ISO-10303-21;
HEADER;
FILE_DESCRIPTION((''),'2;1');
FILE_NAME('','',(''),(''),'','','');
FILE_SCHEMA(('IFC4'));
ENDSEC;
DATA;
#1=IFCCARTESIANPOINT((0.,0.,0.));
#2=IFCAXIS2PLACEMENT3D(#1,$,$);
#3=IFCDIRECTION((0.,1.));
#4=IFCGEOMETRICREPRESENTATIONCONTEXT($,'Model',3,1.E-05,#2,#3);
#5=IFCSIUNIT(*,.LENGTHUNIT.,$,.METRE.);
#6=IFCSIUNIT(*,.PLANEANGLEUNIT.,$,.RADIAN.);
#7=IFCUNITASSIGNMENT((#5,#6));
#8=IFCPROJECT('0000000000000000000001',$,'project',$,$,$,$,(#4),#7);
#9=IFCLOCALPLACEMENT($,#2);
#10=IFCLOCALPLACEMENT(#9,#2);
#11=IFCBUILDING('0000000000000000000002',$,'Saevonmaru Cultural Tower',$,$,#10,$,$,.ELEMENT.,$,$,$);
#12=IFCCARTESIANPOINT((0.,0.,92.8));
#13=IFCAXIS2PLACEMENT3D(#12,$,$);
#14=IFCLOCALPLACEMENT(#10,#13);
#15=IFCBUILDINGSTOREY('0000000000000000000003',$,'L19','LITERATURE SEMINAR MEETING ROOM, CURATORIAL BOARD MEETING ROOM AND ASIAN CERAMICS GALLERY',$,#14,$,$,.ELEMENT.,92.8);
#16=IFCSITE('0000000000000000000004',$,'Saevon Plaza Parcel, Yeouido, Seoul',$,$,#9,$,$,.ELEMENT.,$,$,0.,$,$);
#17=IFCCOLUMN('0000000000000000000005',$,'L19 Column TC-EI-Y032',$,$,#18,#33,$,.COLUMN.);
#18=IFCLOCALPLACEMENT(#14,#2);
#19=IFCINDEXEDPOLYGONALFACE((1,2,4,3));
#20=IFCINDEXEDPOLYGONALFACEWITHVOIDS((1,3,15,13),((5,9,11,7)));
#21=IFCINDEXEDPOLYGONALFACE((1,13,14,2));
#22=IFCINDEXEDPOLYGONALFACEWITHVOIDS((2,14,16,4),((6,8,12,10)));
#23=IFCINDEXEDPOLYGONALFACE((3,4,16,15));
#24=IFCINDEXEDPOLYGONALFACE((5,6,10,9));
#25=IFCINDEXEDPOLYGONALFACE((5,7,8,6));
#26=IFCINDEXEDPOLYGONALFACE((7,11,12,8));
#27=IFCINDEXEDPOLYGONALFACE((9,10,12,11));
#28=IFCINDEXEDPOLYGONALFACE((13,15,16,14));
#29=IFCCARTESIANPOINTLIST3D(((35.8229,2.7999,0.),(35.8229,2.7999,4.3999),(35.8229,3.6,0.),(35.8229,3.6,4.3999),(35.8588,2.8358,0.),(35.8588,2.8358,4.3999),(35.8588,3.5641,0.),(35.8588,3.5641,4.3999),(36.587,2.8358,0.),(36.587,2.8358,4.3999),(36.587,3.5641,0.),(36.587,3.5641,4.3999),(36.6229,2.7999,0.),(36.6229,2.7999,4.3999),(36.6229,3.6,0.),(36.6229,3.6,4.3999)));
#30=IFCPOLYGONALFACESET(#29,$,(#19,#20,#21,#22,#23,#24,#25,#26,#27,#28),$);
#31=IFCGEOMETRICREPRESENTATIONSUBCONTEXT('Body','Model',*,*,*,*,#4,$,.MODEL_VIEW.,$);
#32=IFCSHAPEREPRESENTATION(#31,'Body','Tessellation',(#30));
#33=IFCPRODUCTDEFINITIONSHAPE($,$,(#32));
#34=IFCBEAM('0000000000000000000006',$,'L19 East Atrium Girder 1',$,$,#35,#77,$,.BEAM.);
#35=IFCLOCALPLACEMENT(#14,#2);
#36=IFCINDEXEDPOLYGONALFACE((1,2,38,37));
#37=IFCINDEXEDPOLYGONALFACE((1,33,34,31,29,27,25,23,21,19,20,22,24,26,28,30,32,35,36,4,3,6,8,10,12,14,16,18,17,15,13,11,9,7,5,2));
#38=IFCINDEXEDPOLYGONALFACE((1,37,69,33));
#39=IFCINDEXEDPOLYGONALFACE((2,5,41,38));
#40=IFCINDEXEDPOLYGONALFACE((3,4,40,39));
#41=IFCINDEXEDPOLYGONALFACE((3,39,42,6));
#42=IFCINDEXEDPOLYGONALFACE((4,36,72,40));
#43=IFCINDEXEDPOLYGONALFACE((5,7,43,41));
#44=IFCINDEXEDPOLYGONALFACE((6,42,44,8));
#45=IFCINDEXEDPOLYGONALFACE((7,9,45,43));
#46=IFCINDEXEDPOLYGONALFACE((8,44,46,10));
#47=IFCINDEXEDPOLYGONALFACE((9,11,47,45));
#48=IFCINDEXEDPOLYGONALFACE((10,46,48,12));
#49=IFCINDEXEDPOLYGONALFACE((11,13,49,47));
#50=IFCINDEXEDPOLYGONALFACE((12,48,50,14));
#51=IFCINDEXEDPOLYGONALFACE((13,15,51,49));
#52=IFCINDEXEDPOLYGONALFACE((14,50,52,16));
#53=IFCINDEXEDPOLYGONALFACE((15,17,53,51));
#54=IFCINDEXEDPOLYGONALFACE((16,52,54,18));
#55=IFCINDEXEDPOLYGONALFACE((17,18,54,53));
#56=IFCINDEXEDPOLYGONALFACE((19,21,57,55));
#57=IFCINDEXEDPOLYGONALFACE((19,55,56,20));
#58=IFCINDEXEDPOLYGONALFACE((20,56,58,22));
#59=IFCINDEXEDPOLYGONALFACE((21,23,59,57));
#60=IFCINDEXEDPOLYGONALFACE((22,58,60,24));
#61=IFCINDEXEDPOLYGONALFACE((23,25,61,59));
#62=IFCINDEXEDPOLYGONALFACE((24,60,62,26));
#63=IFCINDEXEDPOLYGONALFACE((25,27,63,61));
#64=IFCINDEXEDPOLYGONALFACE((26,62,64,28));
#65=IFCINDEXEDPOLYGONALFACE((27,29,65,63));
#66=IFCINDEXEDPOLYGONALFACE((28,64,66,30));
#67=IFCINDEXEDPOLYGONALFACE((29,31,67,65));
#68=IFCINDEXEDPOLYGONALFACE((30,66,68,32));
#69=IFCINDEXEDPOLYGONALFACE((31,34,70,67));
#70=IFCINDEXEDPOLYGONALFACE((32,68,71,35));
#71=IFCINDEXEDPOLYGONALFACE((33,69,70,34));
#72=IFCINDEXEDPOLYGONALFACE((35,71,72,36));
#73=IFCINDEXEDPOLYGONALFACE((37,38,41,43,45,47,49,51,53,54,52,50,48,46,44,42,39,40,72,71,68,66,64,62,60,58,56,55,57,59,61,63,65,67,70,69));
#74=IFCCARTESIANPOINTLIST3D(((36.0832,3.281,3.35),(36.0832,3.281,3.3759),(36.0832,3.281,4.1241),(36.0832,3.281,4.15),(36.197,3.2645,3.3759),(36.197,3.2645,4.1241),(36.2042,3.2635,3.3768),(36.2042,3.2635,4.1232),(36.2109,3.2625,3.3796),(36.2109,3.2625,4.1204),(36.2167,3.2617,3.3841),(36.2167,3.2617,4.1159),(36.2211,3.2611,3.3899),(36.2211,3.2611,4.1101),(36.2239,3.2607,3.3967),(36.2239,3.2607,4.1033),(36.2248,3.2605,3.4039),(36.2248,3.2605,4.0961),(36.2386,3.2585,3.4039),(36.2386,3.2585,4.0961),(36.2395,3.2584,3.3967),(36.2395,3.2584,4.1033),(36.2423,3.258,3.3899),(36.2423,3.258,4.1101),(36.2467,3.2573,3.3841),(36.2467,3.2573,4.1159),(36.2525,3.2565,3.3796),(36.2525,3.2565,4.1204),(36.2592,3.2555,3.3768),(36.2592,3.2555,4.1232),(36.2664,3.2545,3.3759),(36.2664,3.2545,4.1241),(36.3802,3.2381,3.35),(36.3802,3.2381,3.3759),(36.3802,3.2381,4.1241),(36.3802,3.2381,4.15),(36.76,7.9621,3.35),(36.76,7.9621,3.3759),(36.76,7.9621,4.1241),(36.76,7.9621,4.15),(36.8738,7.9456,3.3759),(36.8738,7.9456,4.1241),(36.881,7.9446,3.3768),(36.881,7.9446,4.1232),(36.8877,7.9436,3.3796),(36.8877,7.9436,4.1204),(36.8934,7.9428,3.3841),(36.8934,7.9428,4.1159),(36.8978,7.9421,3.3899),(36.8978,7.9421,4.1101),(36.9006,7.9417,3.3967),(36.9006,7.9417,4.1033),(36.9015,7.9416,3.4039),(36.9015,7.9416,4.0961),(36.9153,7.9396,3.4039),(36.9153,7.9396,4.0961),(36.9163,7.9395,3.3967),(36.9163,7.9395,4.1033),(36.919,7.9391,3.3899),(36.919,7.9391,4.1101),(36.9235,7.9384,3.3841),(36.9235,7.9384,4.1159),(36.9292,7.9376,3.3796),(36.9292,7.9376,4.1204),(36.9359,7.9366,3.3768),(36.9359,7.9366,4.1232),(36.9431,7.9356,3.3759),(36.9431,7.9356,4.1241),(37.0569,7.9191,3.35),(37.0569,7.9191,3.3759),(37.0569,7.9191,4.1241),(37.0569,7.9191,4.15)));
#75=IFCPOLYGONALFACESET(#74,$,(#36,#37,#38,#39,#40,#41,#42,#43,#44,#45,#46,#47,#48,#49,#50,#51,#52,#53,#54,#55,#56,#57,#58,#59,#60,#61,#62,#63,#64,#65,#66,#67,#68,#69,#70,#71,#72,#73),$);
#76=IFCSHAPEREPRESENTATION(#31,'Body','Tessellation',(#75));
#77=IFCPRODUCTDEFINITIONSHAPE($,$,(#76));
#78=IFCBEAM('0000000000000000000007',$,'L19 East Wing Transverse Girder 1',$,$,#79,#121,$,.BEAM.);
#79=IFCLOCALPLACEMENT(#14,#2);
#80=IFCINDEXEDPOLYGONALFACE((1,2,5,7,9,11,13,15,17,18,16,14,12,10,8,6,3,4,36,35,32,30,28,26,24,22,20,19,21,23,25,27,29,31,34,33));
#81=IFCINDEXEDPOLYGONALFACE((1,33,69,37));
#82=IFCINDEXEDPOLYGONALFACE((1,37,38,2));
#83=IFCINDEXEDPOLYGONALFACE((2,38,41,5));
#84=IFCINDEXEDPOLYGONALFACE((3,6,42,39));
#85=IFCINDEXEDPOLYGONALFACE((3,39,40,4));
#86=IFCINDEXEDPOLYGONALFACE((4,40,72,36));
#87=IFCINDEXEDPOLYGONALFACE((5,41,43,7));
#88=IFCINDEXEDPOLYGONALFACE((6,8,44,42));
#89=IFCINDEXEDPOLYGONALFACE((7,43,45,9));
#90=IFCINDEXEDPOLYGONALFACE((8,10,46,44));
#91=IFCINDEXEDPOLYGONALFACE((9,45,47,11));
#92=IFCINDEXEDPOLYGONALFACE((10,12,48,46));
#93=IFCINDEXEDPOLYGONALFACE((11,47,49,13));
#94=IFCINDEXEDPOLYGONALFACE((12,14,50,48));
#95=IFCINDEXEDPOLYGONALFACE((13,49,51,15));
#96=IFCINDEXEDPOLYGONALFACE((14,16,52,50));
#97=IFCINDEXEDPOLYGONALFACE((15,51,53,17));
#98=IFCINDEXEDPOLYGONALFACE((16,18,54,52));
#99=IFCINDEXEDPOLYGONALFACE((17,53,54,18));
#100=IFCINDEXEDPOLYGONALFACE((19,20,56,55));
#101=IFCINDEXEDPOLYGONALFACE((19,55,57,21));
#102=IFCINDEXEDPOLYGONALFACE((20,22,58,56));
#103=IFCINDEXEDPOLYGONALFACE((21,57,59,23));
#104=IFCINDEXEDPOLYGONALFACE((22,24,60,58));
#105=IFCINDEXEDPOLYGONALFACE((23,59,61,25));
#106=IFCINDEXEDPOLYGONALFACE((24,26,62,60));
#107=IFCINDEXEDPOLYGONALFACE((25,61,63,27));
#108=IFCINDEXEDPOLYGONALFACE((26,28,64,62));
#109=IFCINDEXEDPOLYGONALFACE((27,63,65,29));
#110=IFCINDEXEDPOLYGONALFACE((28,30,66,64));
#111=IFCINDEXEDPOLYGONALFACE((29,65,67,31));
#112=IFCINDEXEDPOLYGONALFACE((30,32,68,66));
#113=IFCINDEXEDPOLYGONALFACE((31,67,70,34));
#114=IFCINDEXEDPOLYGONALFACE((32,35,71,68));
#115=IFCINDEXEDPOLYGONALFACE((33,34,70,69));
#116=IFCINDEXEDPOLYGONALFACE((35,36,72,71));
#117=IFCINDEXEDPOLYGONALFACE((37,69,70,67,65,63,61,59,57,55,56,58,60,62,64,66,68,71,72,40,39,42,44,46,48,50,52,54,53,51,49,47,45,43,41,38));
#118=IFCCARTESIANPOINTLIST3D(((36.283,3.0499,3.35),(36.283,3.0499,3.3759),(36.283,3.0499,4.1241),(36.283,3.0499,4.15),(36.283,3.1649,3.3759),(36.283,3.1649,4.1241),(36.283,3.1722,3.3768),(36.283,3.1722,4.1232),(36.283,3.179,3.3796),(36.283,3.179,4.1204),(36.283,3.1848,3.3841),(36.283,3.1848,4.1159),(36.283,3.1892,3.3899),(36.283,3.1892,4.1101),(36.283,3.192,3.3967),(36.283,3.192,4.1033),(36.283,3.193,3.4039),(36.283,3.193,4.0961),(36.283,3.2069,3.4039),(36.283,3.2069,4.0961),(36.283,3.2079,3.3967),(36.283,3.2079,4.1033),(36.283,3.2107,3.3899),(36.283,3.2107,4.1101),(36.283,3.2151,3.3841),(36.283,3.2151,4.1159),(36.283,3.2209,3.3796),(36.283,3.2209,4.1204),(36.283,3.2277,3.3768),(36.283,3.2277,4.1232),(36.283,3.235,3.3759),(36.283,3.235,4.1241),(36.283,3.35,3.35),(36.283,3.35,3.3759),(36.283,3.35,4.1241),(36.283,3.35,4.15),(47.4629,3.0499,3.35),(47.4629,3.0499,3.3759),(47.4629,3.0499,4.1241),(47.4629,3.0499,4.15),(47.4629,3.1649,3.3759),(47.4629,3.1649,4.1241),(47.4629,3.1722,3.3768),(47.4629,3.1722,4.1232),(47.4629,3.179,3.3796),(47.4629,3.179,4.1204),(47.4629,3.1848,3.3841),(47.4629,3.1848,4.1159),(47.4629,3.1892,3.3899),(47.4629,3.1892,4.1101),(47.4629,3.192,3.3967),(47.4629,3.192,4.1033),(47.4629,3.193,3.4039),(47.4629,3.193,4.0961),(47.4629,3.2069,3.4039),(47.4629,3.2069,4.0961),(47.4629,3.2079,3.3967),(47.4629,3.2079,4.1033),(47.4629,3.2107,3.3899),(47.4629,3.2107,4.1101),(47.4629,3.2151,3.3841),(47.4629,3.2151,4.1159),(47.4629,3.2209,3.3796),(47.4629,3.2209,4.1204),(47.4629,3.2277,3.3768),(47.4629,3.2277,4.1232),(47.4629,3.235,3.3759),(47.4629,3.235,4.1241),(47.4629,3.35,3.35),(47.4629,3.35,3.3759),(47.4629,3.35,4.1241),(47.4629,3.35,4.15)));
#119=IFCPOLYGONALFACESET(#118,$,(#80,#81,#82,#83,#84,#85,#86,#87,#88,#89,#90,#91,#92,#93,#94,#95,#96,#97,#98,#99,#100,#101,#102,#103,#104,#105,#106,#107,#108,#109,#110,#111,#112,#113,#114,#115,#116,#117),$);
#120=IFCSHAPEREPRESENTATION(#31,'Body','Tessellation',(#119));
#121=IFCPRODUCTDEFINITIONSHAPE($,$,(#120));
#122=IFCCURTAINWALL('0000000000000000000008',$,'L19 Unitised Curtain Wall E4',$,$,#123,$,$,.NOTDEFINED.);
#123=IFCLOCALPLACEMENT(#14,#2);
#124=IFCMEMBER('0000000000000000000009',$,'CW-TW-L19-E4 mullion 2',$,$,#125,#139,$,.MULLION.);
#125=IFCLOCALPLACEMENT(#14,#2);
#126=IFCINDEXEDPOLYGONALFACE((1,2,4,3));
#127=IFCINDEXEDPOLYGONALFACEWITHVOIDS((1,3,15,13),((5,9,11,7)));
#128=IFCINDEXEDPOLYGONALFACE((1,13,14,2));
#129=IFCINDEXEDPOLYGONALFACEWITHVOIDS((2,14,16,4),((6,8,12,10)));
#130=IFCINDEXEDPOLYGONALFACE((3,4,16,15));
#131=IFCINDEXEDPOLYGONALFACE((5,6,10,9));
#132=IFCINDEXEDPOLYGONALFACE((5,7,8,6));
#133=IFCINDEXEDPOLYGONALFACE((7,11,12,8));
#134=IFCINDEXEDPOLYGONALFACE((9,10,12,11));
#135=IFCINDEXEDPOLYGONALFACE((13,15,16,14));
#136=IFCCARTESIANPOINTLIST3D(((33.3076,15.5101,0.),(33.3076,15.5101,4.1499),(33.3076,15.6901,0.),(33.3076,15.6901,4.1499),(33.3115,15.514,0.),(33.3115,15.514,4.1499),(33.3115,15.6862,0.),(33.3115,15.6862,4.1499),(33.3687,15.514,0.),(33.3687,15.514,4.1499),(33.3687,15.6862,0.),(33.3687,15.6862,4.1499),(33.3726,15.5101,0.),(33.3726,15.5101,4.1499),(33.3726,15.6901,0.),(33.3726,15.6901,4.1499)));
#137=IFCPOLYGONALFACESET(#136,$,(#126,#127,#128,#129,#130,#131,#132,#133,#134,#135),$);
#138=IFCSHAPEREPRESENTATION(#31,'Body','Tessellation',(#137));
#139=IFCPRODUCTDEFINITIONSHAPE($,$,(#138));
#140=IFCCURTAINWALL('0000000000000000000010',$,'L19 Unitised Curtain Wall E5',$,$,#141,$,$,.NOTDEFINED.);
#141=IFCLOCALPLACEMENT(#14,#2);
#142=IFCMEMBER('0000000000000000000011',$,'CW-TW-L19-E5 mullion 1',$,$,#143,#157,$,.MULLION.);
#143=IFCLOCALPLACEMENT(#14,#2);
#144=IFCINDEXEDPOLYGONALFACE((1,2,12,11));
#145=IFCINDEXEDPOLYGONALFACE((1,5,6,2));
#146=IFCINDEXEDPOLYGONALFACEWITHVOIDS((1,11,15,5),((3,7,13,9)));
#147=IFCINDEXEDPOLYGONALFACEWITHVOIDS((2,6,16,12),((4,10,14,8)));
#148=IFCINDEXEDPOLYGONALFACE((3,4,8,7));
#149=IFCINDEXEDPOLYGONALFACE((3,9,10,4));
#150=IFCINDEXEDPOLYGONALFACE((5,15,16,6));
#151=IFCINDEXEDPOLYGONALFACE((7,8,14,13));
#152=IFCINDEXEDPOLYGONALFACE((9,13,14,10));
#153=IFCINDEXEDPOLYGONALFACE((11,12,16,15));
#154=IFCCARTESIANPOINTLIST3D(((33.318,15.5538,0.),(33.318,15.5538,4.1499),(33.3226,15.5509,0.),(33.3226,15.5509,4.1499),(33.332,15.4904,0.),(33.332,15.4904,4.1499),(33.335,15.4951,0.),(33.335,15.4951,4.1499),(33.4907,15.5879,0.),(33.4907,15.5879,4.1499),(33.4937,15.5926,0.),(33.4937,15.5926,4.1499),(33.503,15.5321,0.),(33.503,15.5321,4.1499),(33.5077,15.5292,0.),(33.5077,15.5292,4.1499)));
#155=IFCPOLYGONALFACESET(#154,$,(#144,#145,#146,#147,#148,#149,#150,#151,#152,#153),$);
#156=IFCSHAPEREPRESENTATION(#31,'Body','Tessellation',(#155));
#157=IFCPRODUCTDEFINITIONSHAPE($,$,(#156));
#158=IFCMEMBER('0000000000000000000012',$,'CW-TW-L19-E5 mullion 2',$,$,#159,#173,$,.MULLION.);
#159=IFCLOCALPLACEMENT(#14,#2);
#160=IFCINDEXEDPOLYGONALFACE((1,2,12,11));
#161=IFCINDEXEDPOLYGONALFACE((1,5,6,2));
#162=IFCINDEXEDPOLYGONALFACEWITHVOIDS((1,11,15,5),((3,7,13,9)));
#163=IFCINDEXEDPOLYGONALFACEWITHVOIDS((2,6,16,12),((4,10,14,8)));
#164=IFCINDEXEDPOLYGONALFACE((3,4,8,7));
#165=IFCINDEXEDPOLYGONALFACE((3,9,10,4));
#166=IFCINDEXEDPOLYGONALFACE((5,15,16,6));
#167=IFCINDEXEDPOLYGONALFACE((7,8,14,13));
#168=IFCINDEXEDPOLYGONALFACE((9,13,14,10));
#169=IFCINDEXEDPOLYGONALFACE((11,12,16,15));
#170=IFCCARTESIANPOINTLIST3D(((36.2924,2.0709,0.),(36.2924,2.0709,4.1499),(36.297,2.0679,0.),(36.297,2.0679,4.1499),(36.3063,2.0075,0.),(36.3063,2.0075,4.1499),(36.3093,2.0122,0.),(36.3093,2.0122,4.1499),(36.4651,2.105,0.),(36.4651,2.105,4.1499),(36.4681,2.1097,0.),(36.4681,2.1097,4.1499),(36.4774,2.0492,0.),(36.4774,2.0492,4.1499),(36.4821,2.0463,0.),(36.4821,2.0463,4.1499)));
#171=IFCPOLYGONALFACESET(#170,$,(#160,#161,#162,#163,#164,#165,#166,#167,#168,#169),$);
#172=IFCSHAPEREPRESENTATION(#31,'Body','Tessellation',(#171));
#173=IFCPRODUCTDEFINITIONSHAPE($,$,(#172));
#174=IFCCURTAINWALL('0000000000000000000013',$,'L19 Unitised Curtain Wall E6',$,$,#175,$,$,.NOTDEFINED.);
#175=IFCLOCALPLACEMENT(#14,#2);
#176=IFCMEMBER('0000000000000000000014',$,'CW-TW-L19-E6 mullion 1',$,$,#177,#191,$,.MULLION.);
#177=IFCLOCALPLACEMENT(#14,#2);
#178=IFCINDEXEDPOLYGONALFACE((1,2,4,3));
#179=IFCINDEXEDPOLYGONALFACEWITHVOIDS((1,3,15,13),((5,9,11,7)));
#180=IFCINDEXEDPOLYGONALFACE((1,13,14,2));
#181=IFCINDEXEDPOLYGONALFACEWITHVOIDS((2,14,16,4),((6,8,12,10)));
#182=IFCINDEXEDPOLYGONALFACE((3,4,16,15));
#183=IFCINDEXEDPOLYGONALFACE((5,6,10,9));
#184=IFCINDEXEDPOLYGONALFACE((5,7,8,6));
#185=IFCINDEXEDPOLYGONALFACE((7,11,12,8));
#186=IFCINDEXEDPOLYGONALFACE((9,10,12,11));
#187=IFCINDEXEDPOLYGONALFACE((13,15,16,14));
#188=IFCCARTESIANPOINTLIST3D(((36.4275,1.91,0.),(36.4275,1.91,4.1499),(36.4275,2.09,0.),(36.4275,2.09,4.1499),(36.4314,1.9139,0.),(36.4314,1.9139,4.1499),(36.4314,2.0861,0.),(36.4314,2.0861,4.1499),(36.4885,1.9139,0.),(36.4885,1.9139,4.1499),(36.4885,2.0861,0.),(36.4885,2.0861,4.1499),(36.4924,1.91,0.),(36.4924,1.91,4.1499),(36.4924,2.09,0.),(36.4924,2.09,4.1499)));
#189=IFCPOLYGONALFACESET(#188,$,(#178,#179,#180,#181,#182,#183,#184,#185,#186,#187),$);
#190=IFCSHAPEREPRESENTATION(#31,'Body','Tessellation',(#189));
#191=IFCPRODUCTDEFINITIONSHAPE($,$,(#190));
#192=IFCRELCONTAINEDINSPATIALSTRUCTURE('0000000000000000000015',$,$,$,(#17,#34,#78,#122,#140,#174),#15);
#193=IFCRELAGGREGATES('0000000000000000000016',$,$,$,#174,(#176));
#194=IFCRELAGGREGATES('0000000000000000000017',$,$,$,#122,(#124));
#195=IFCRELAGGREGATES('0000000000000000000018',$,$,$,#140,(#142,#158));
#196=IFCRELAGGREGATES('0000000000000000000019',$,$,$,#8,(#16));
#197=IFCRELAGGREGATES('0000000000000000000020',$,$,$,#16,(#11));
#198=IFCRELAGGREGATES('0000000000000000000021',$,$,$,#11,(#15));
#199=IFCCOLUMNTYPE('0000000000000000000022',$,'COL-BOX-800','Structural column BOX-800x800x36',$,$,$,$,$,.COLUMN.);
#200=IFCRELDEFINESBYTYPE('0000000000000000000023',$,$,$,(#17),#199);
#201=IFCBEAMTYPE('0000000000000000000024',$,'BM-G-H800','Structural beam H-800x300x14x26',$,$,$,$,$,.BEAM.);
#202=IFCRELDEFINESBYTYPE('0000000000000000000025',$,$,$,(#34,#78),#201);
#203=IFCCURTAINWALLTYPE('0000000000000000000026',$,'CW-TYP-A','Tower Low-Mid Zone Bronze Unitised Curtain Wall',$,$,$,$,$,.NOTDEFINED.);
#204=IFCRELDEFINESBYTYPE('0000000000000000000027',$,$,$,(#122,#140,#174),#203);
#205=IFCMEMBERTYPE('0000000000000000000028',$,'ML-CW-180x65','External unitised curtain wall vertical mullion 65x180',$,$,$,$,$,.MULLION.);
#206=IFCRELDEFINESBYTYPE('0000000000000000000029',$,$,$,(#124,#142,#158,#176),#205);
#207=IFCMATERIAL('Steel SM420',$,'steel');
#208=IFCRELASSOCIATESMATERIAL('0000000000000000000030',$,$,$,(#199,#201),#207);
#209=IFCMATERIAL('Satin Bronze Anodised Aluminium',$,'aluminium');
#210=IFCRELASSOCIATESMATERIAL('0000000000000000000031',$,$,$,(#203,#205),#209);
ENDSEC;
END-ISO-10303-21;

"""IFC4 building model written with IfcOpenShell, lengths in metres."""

from ifc_helpers import new_model, si_unit, direction, frame, origin, origin_2d, place, context, subcontext, project, spatial, hollow_rectangle, i_section, extrude, material, material_profile, profile_set, type_object, element, aggregate, save


model = new_model("IFC4")

# Units and contexts
model_context = context("Model", 3, precision=1e-05, world=origin(), true_north=direction((0.0, 1.0)))
body_context = subcontext(model_context, "Body", "Model", "MODEL_VIEW")
ifc_project = project(units=[si_unit("LENGTHUNIT", "METRE"), si_unit("PLANEANGLEUNIT", "RADIAN")], contexts=[model_context])

# Site, building, storey
site_placement = place(None, origin())
site = spatial("IfcSite", under=ifc_project, at=site_placement, Name="Saevon Plaza Parcel, Yeouido, Seoul", CompositionType="ELEMENT", RefElevation=0.0)
building_placement = place(site_placement, origin())
building = spatial("IfcBuilding", under=site, at=building_placement, Name="Saevonmaru Cultural Tower", CompositionType="ELEMENT")
storey_placement = place(building_placement, frame((0.0, 0.0, 92.8)))
storey = spatial("IfcBuildingStorey", under=building, at=storey_placement, Name="L19", Description="LITERATURE SEMINAR MEETING ROOM, CURATORIAL BOARD MEETING ROOM AND ASIAN CERAMICS GALLERY", CompositionType="ELEMENT", Elevation=92.8)

# Column
ifc_material_1 = material(Name="Steel SM420", Category="steel")
ifc_material_profile_1 = material_profile(ifc_material_1, hollow_rectangle(XDim=0.8, YDim=0.8, WallThickness=0.0359, at=origin_2d()), Name="BOX-800x800x36")
ifc_profile_set_1 = profile_set([ifc_material_profile_1], Name="Steel SM420")
column_type = type_object("IfcColumnType", Name="COL-BOX-800", Description="Structural column BOX-800x800x36", PredefinedType="COLUMN", material=ifc_profile_set_1)
column_placement = place(storey_placement, frame((36.2229, 3.2, 0.0), z_axis=(0.0, 0.0, 1.0), x_axis=(1.0, 0.0, 0.0)))
element("IfcColumn", 1, at=column_placement, inside=storey, type_object=column_type, Name="L19 Column TC-EI-Y032", PredefinedType="COLUMN", context=body_context, shape_type="SweptSolid", body=[
    extrude(hollow_rectangle(XDim=0.8, YDim=0.8, WallThickness=0.0359, at=origin_2d()), origin(), (0.0, 0.0, 1.0), 4.3999),
])

# Beams
ifc_material_profile_2 = material_profile(ifc_material_1, i_section(OverallWidth=0.3, OverallDepth=0.8, WebThickness=0.0139, FlangeThickness=0.0259, FilletRadius=0.0281, at=origin_2d()), Name="H-800x300x14x26")
ifc_profile_set_2 = profile_set([ifc_material_profile_2], Name="Steel SM420")
beam_type = type_object("IfcBeamType", Name="BM-G-H800", Description="Structural beam H-800x300x14x26", PredefinedType="BEAM", material=ifc_profile_set_2)
beam_1_placement = place(storey_placement, frame((36.2317, 3.2595, 3.75), z_axis=(0.143083, 0.989711, 0.0), x_axis=(-0.989711, 0.143083, 0.0)))
element("IfcBeam", 2, at=beam_1_placement, inside=storey, type_object=beam_type, Name="L19 East Atrium Girder 1", PredefinedType="BEAM", context=body_context, shape_type="SweptSolid", body=[
    extrude(i_section(OverallWidth=0.3, OverallDepth=0.8, WebThickness=0.0139, FlangeThickness=0.0259, FilletRadius=0.0281, at=origin_2d()), origin(), (0.0, 0.0, 1.0), 4.7297),
])
beam_2_placement = place(storey_placement, frame((36.283, 3.2, 3.75), z_axis=(1.0, 0.0, 0.0), x_axis=(0.0, 1.0, 0.0)))
element("IfcBeam", 3, at=beam_2_placement, inside=storey, type_object=beam_type, Name="L19 East Wing Transverse Girder 1", PredefinedType="BEAM", context=body_context, shape_type="SweptSolid", body=[
    extrude(i_section(OverallWidth=0.3, OverallDepth=0.8, WebThickness=0.0139, FlangeThickness=0.0259, FilletRadius=0.0281, at=origin_2d()), origin(), (0.0, 0.0, 1.0), 11.1799),
])

# Curtain wall, member
ifc_material_2 = material(Name="Satin Bronze Anodised Aluminium", Category="aluminium")
curtain_wall_type = type_object("IfcCurtainWallType", Name="CW-TYP-A", Description="Tower Low-Mid Zone Bronze Unitised Curtain Wall", PredefinedType="NOTDEFINED", material=ifc_material_2)
curtain_wall_1_placement = place(storey_placement, origin())
curtain_wall_1 = element("IfcCurtainWall", 4, at=curtain_wall_1_placement, inside=storey, type_object=curtain_wall_type, Name="L19 Unitised Curtain Wall E4", PredefinedType="NOTDEFINED")
ifc_material_profile_3 = material_profile(ifc_material_2, hollow_rectangle(XDim=0.0649, YDim=0.1799, WallThickness=0.0039, at=origin_2d()), Name="ALU-MULL-180x65x4")
ifc_profile_set_3 = profile_set([ifc_material_profile_3], Name="Satin Bronze Anodised Aluminium")
member_type_1 = type_object("IfcMemberType", Name="ML-CW-180x65", Description="External unitised curtain wall vertical mullion 65x180", PredefinedType="MULLION", material=ifc_profile_set_3)
member_1_placement = place(storey_placement, frame((33.3401, 15.6001, 0.0), z_axis=(0.0, 0.0, 1.0), x_axis=(1.0, 0.0, 0.0)))
member_1 = element("IfcMember", 5, at=member_1_placement, type_object=member_type_1, Name="CW-TW-L19-E4 mullion 2", PredefinedType="MULLION", context=body_context, shape_type="SweptSolid", body=[
    extrude(hollow_rectangle(XDim=0.0649, YDim=0.1799, WallThickness=0.0039, at=origin_2d()), origin(), (0.0, 0.0, 1.0), 4.1499),
])

# Curtain wall, members
curtain_wall_2_placement = place(storey_placement, origin())
curtain_wall_2 = element("IfcCurtainWall", 6, at=curtain_wall_2_placement, inside=storey, type_object=curtain_wall_type, Name="L19 Unitised Curtain Wall E5", PredefinedType="NOTDEFINED")
member_2_placement = place(storey_placement, frame((33.4128, 15.5415, 0.0), z_axis=(0.0, 0.0, 1.0), x_axis=(0.215413, -0.976523, 0.0)))
member_2 = element("IfcMember", 7, at=member_2_placement, type_object=member_type_1, Name="CW-TW-L19-E5 mullion 1", PredefinedType="MULLION", context=body_context, shape_type="SweptSolid", body=[
    extrude(hollow_rectangle(XDim=0.0649, YDim=0.1799, WallThickness=0.0039, at=origin_2d()), origin(), (0.0, 0.0, 1.0), 4.1499),
])
member_3_placement = place(storey_placement, frame((36.3872, 2.0586, 0.0), z_axis=(0.0, 0.0, 1.0), x_axis=(0.215413, -0.976523, 0.0)))
member_3 = element("IfcMember", 8, at=member_3_placement, type_object=member_type_1, Name="CW-TW-L19-E5 mullion 2", PredefinedType="MULLION", context=body_context, shape_type="SweptSolid", body=[
    extrude(hollow_rectangle(XDim=0.0649, YDim=0.1799, WallThickness=0.0039, at=origin_2d()), origin(), (0.0, 0.0, 1.0), 4.1499),
])

# Curtain wall, member
curtain_wall_3_placement = place(storey_placement, origin())
curtain_wall_3 = element("IfcCurtainWall", 9, at=curtain_wall_3_placement, inside=storey, type_object=curtain_wall_type, Name="L19 Unitised Curtain Wall E6", PredefinedType="NOTDEFINED")
member_4_placement = place(storey_placement, frame((36.46, 2.0, 0.0), z_axis=(0.0, 0.0, 1.0), x_axis=(1.0, 0.0, 0.0)))
member_4 = element("IfcMember", 10, at=member_4_placement, type_object=member_type_1, Name="CW-TW-L19-E6 mullion 1", PredefinedType="MULLION", context=body_context, shape_type="SweptSolid", body=[
    extrude(hollow_rectangle(XDim=0.0649, YDim=0.1799, WallThickness=0.0039, at=origin_2d()), origin(), (0.0, 0.0, 1.0), 4.1499),
])

aggregate(curtain_wall_3, [member_4])

aggregate(curtain_wall_1, [member_1])
aggregate(curtain_wall_2, [member_2, member_3])

save(model, "model.ifc")
